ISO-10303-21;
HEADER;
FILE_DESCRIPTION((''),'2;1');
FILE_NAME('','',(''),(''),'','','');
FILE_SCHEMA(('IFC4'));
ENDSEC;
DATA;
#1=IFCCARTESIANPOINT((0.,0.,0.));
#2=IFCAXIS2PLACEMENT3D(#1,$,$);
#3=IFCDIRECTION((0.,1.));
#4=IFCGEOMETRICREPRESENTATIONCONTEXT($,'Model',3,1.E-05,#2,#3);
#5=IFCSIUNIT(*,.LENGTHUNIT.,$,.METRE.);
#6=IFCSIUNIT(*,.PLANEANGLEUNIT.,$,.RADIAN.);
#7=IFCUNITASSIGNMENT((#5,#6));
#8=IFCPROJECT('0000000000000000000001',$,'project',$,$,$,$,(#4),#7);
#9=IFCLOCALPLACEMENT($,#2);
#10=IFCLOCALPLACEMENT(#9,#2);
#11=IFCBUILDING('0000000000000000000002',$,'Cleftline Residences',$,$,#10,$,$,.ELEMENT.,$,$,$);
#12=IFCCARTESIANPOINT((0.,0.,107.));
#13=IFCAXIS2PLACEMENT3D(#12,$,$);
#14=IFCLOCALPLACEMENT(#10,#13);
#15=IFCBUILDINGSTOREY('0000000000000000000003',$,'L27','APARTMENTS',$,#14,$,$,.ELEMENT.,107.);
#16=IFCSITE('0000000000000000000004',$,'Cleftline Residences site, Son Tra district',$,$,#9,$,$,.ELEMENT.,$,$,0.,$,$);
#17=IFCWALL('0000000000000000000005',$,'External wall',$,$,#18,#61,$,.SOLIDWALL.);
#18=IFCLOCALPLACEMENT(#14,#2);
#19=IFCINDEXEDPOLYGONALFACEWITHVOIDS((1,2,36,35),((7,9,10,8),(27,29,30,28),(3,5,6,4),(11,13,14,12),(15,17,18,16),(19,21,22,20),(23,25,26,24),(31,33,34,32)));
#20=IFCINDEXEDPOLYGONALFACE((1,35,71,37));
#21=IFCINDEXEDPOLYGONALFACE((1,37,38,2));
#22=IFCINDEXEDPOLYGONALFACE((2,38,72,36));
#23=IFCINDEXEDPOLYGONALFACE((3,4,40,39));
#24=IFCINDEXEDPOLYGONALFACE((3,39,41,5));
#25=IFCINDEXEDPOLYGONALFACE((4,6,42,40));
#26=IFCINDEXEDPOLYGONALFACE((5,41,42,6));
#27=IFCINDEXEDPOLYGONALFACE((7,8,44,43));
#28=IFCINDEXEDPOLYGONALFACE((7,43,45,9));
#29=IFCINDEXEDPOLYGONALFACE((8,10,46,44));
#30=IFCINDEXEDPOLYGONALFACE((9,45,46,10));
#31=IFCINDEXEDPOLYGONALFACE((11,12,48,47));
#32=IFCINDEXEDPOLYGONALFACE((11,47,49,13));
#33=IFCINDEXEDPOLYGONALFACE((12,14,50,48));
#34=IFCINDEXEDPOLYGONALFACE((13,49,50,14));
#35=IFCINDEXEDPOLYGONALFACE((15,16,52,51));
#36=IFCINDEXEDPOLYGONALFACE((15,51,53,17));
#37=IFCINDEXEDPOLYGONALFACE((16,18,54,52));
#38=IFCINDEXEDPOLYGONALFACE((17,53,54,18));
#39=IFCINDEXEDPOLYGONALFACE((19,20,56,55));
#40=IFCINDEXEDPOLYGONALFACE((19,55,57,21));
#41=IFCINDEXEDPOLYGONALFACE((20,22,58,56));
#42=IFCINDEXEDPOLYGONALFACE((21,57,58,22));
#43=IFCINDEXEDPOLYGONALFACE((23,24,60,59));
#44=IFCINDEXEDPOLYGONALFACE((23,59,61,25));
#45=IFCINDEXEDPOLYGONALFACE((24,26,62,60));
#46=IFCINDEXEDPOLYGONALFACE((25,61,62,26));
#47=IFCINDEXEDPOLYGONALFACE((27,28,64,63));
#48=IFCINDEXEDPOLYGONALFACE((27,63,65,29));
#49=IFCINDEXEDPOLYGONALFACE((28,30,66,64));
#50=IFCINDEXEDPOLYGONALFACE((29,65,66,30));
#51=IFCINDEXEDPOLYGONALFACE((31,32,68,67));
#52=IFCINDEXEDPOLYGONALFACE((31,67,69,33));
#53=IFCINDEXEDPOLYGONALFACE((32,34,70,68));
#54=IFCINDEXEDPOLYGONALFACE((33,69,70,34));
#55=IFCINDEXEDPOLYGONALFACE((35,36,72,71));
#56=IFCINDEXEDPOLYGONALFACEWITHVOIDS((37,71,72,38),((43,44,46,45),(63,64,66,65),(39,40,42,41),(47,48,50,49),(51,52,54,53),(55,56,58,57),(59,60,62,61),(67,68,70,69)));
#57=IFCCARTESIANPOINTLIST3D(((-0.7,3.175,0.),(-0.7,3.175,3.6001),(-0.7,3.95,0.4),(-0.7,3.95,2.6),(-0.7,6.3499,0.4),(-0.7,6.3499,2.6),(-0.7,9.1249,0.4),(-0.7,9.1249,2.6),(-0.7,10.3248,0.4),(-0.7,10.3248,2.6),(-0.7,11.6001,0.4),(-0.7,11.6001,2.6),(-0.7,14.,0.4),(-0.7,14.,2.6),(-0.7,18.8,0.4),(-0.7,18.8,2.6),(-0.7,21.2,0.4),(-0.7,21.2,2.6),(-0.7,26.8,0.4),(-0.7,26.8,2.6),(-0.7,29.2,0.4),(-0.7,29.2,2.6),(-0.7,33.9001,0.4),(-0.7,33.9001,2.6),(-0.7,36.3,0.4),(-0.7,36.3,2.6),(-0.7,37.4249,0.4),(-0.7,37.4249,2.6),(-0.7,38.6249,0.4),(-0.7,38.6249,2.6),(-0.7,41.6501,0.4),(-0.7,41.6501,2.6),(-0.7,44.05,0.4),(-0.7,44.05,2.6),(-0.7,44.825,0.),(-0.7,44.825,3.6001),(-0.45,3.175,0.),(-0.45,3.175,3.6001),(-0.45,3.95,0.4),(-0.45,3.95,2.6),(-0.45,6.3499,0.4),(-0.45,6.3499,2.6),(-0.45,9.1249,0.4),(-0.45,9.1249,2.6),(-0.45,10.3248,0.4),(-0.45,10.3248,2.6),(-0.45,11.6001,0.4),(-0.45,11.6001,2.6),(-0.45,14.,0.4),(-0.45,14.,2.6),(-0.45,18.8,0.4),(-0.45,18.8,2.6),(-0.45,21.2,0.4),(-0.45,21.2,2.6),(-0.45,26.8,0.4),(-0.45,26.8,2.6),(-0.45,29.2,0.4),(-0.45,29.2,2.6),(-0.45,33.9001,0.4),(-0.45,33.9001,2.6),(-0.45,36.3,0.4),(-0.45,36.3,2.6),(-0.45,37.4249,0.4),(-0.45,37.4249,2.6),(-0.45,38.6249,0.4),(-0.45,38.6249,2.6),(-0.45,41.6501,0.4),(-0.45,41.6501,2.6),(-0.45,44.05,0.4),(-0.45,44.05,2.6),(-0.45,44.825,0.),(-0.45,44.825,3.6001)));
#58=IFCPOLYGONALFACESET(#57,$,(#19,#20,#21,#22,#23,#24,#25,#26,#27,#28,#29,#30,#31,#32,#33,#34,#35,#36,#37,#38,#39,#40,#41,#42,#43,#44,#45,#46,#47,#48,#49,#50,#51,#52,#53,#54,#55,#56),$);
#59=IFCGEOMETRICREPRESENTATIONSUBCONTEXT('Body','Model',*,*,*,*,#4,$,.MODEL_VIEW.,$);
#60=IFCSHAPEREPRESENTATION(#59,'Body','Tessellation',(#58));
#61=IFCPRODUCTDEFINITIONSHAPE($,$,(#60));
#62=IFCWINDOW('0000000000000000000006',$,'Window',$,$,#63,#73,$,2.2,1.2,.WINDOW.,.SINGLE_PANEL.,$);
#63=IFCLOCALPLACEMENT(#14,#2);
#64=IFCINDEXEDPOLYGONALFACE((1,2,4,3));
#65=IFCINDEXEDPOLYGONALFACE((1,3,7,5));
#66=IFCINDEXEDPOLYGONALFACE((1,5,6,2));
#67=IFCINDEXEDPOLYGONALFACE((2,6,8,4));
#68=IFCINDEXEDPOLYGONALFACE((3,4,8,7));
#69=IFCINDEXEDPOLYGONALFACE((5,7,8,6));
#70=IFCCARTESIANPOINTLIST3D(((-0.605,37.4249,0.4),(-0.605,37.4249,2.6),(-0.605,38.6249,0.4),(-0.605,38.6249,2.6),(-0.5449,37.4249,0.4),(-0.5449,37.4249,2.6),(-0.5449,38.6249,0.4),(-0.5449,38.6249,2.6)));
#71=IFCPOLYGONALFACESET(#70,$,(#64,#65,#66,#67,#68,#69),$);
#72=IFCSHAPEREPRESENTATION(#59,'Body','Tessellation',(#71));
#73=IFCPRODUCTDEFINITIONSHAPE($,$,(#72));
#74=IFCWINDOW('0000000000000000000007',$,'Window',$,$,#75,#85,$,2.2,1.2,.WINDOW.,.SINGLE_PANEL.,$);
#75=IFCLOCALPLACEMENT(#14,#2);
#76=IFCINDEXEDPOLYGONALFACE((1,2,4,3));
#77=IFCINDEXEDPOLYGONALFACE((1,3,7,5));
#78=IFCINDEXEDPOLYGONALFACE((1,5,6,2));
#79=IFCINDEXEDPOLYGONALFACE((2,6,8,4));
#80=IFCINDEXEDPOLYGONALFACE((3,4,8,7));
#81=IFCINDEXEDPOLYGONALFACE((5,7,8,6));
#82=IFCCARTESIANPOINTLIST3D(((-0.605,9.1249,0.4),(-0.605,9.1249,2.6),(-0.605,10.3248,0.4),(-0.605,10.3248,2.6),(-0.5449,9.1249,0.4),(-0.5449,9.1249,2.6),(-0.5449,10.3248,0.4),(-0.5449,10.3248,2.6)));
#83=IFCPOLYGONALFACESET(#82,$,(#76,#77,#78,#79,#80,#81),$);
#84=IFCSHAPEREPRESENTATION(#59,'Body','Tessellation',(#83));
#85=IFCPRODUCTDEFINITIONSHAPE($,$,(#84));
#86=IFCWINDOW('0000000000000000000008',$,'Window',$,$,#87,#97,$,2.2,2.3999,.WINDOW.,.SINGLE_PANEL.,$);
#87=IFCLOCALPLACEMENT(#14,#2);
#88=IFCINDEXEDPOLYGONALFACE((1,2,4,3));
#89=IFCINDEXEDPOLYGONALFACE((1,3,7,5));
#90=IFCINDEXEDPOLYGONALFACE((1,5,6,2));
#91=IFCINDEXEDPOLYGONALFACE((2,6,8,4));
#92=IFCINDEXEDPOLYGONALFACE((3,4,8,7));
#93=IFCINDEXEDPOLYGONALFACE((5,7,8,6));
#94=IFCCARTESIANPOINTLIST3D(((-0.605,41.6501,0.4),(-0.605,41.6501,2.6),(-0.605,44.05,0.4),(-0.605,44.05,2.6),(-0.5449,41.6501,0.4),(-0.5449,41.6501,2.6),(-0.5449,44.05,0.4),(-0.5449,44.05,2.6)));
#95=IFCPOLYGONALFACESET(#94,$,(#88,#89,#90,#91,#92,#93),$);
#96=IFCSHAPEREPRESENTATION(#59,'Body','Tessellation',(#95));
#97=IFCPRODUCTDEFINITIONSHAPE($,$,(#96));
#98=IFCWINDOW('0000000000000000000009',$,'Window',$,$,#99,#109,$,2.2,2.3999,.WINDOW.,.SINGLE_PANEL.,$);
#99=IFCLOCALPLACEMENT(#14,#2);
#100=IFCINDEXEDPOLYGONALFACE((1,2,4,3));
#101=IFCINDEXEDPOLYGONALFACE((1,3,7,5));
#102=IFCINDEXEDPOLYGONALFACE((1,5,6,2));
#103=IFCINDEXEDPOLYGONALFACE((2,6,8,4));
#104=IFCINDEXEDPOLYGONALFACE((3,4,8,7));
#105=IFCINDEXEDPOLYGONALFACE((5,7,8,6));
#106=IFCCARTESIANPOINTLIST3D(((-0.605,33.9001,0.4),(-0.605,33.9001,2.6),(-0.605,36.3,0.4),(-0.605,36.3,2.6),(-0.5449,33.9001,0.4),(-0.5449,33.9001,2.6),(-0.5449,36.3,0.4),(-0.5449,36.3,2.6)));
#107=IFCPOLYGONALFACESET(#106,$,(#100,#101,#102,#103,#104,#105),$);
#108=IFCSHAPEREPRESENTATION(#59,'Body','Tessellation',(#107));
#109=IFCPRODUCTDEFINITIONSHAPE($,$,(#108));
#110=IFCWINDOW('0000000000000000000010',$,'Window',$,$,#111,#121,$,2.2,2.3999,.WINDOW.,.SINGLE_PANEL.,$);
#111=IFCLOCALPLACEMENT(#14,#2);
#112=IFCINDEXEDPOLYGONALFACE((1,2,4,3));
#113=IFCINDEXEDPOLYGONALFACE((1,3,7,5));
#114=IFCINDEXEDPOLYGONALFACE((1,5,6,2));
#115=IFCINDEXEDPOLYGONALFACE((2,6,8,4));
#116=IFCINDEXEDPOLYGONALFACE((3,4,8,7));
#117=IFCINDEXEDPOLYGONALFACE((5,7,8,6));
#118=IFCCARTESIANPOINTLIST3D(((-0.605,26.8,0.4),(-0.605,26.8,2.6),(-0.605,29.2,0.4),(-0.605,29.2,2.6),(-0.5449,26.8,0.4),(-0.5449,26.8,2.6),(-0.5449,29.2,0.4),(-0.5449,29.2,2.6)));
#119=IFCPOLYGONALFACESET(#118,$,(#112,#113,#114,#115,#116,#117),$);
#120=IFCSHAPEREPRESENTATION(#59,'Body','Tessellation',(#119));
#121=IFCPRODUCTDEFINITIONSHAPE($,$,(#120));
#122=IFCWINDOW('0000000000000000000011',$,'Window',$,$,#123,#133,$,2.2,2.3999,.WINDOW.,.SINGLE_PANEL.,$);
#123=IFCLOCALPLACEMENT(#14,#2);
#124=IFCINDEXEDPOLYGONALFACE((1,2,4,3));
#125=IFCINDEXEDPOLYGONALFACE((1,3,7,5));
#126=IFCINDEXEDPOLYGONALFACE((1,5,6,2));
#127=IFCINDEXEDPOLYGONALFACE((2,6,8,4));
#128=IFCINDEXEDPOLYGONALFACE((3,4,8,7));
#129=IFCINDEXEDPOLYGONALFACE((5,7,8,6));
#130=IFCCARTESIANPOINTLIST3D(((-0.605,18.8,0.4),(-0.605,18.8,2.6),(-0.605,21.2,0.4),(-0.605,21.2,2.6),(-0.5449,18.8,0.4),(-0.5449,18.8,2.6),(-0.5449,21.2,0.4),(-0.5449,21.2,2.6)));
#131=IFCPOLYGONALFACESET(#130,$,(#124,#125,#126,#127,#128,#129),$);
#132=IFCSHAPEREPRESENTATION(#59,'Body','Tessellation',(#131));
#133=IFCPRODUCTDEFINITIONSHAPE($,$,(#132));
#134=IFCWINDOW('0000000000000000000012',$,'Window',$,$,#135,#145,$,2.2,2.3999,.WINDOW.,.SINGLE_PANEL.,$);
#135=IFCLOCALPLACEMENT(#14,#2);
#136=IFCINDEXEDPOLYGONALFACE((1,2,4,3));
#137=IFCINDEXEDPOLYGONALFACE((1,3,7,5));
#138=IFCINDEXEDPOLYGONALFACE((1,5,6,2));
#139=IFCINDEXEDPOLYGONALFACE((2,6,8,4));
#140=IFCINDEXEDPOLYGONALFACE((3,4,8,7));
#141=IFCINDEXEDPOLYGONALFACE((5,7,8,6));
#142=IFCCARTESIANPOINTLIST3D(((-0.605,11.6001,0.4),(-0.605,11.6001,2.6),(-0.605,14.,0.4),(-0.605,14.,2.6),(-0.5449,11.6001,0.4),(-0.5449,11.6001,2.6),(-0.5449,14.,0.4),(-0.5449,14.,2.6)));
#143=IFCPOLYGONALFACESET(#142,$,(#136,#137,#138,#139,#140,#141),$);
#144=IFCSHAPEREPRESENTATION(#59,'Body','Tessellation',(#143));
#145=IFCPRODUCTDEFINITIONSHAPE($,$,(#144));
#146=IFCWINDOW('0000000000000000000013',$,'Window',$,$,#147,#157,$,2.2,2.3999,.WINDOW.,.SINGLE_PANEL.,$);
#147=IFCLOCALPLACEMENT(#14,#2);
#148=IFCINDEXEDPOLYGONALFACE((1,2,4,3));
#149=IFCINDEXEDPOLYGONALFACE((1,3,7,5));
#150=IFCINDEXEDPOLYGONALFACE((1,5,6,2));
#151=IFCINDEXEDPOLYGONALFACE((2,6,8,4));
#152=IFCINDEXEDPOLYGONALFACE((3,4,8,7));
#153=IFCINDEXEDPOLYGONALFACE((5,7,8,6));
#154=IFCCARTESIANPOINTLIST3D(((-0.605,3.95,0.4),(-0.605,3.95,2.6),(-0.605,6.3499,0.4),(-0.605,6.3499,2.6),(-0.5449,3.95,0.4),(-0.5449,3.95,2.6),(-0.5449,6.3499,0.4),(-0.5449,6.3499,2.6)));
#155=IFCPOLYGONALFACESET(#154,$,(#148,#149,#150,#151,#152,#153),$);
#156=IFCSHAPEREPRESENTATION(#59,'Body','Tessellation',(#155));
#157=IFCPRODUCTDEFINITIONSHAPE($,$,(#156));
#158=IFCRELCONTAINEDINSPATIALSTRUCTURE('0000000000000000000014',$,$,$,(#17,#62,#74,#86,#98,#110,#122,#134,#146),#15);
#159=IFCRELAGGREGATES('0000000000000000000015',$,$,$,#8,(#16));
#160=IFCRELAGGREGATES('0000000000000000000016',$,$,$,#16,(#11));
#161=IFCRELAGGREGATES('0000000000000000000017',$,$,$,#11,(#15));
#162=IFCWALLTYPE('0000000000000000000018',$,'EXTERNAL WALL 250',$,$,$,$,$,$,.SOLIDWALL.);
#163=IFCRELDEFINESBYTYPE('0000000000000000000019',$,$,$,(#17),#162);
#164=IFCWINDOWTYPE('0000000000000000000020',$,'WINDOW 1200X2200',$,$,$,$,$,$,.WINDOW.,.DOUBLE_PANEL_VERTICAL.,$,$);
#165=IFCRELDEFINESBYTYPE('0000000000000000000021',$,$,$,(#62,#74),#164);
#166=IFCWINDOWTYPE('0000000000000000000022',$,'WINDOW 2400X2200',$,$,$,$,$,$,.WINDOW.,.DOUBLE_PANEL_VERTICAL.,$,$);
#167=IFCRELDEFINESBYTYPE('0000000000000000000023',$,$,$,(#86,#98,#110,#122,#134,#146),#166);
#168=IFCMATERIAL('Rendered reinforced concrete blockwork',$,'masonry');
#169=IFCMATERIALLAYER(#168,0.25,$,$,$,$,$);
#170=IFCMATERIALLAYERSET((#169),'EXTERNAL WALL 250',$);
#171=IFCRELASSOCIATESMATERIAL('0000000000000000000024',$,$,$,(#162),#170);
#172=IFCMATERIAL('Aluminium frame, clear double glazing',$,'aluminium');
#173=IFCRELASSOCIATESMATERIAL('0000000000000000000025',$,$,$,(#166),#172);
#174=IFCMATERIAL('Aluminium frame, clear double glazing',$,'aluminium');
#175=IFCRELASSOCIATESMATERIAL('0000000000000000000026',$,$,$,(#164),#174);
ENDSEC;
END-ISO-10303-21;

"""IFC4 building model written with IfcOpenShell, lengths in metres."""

from ifc_helpers import new_model, si_unit, direction, frame, frame_2d, origin, place, context, subcontext, project, spatial, rectangle, extrude, material, layer, layer_set, type_object, element, fill, save


model = new_model("IFC4")

# Units and contexts
model_context = context("Model", 3, precision=1e-05, world=origin(), true_north=direction((0.0, 1.0)))
body_context = subcontext(model_context, "Body", "Model", "MODEL_VIEW")
ifc_project = project(units=[si_unit("LENGTHUNIT", "METRE"), si_unit("PLANEANGLEUNIT", "RADIAN")], contexts=[model_context])

# Site, building, storey
site_placement = place(None, origin())
site = spatial("IfcSite", under=ifc_project, at=site_placement, Name="Cleftline Residences site, Son Tra district", CompositionType="ELEMENT", RefElevation=0.0)
building_placement = place(site_placement, origin())
building = spatial("IfcBuilding", under=site, at=building_placement, Name="Cleftline Residences", CompositionType="ELEMENT")
storey_placement = place(building_placement, frame((0.0, 0.0, 107.0)))
storey = spatial("IfcBuildingStorey", under=building, at=storey_placement, Name="L27", Description="APARTMENTS", CompositionType="ELEMENT", Elevation=107.0)

# Shared definitions
ifc_material_1 = material(Name="Rendered reinforced concrete blockwork", Category="masonry")
ifc_layer_1 = layer(ifc_material_1, 0.25)
ifc_layer_set_1 = layer_set([ifc_layer_1], Name="EXTERNAL WALL 250")
wall_type_1 = type_object("IfcWallType", Name="EXTERNAL WALL 250", PredefinedType="SOLIDWALL", material=ifc_layer_set_1)
ifc_material_2 = material(Name="Aluminium frame, clear double glazing", Category="aluminium")
window_type_1 = type_object("IfcWindowType", Name="WINDOW 2400X2200", PartitioningType="DOUBLE_PANEL_VERTICAL", PredefinedType="WINDOW", material=ifc_material_2)

# Wall, openings, windows
wall_1_placement = place(storey_placement, frame((-0.575, 44.825, 0.0), z_axis=(0.0, 0.0, 1.0), x_axis=(0.0, -1.0, 0.0)))
wall_1 = element("IfcWall", 1, at=wall_1_placement, inside=storey, type_object=wall_type_1, Name="External wall", PredefinedType="SOLIDWALL", context=body_context, shape_type="SweptSolid", body=[
    extrude(rectangle(XDim=41.6499, YDim=0.25, at=frame_2d((20.825, 0.0))), origin(), (0.0, 0.0, 1.0), 3.6001),
])
opening_1_placement = place(wall_1_placement, frame((0.7749, 0.0, 0.3999)))
opening_1 = element("IfcOpeningElement", 2, at=opening_1_placement, cuts=wall_1, PredefinedType="OPENING", context=body_context, shape_type="SweptSolid", body=[
    extrude(rectangle(XDim=2.3999, YDim=2.2, at=frame_2d((1.2, 1.1001))), frame((0.0, 0.135, 0.0), z_axis=(0.0, -1.0, 0.0), x_axis=(1.0, 0.0, 0.0)), (0.0, 0.0, 1.0), 0.27),
])
opening_2_placement = place(wall_1_placement, frame((6.2, 0.0, 0.3999)))
opening_2 = element("IfcOpeningElement", 3, at=opening_2_placement, cuts=wall_1, PredefinedType="OPENING", context=body_context, shape_type="SweptSolid", body=[
    extrude(rectangle(XDim=1.2, YDim=2.2, at=frame_2d((0.6001, 1.1001))), frame((0.0, 0.135, 0.0), z_axis=(0.0, -1.0, 0.0), x_axis=(1.0, 0.0, 0.0)), (0.0, 0.0, 1.0), 0.27),
])
opening_3_placement = place(wall_1_placement, frame((8.5249, 0.0, 0.3999)))
opening_3 = element("IfcOpeningElement", 4, at=opening_3_placement, cuts=wall_1, PredefinedType="OPENING", context=body_context, shape_type="SweptSolid", body=[
    extrude(rectangle(XDim=2.3999, YDim=2.2, at=frame_2d((1.2, 1.1001))), frame((0.0, 0.135, 0.0), z_axis=(0.0, -1.0, 0.0), x_axis=(1.0, 0.0, 0.0)), (0.0, 0.0, 1.0), 0.27),
])
opening_4_placement = place(wall_1_placement, frame((15.625, 0.0, 0.3999)))
opening_4 = element("IfcOpeningElement", 5, at=opening_4_placement, cuts=wall_1, PredefinedType="OPENING", context=body_context, shape_type="SweptSolid", body=[
    extrude(rectangle(XDim=2.3999, YDim=2.2, at=frame_2d((1.2, 1.1001))), frame((0.0, 0.135, 0.0), z_axis=(0.0, -1.0, 0.0), x_axis=(1.0, 0.0, 0.0)), (0.0, 0.0, 1.0), 0.27),
])
opening_5_placement = place(wall_1_placement, frame((23.625, 0.0, 0.3999)))
opening_5 = element("IfcOpeningElement", 6, at=opening_5_placement, cuts=wall_1, PredefinedType="OPENING", context=body_context, shape_type="SweptSolid", body=[
    extrude(rectangle(XDim=2.3999, YDim=2.2, at=frame_2d((1.2, 1.1001))), frame((0.0, 0.135, 0.0), z_axis=(0.0, -1.0, 0.0), x_axis=(1.0, 0.0, 0.0)), (0.0, 0.0, 1.0), 0.27),
])
opening_6_placement = place(wall_1_placement, frame((30.825, 0.0, 0.3999)))
opening_6 = element("IfcOpeningElement", 7, at=opening_6_placement, cuts=wall_1, PredefinedType="OPENING", context=body_context, shape_type="SweptSolid", body=[
    extrude(rectangle(XDim=2.3999, YDim=2.2, at=frame_2d((1.2, 1.1001))), frame((0.0, 0.135, 0.0), z_axis=(0.0, -1.0, 0.0), x_axis=(1.0, 0.0, 0.0)), (0.0, 0.0, 1.0), 0.27),
])
opening_7_placement = place(wall_1_placement, frame((34.5, 0.0, 0.3999)))
opening_7 = element("IfcOpeningElement", 8, at=opening_7_placement, cuts=wall_1, PredefinedType="OPENING", context=body_context, shape_type="SweptSolid", body=[
    extrude(rectangle(XDim=1.2, YDim=2.2, at=frame_2d((0.6001, 1.1001))), frame((0.0, 0.135, 0.0), z_axis=(0.0, -1.0, 0.0), x_axis=(1.0, 0.0, 0.0)), (0.0, 0.0, 1.0), 0.27),
])
opening_8_placement = place(wall_1_placement, frame((38.4751, 0.0, 0.3999)))
opening_8 = element("IfcOpeningElement", 9, at=opening_8_placement, cuts=wall_1, PredefinedType="OPENING", context=body_context, shape_type="SweptSolid", body=[
    extrude(rectangle(XDim=2.3999, YDim=2.2, at=frame_2d((1.2, 1.1001))), frame((0.0, 0.135, 0.0), z_axis=(0.0, -1.0, 0.0), x_axis=(1.0, 0.0, 0.0)), (0.0, 0.0, 1.0), 0.27),
])
ifc_material_3 = material(Name="Aluminium frame, clear double glazing", Category="aluminium")
window_type_2 = type_object("IfcWindowType", Name="WINDOW 1200X2200", PartitioningType="DOUBLE_PANEL_VERTICAL", PredefinedType="WINDOW", material=ifc_material_3)
window_1_placement = place(opening_2_placement, origin())
window_1 = element("IfcWindow", 10, at=window_1_placement, inside=storey, type_object=window_type_2, Name="Window", OverallHeight=2.2, OverallWidth=1.2, PartitioningType="SINGLE_PANEL", PredefinedType="WINDOW", context=body_context, shape_type="SweptSolid", body=[
    extrude(rectangle(XDim=1.2, YDim=2.2, at=frame_2d((0.6001, 1.1001))), frame((0.0, 0.03, 0.0), z_axis=(0.0, -1.0, 0.0), x_axis=(1.0, 0.0, 0.0)), (0.0, 0.0, 1.0), 0.0601),
])
fill(opening_2, window_1)
window_2_placement = place(opening_7_placement, origin())
window_2 = element("IfcWindow", 11, at=window_2_placement, inside=storey, type_object=window_type_2, Name="Window", OverallHeight=2.2, OverallWidth=1.2, PartitioningType="SINGLE_PANEL", PredefinedType="WINDOW", context=body_context, shape_type="SweptSolid", body=[
    extrude(rectangle(XDim=1.2, YDim=2.2, at=frame_2d((0.6001, 1.1001))), frame((0.0, 0.03, 0.0), z_axis=(0.0, -1.0, 0.0), x_axis=(1.0, 0.0, 0.0)), (0.0, 0.0, 1.0), 0.0601),
])
fill(opening_7, window_2)
window_3_placement = place(opening_1_placement, origin())
window_3 = element("IfcWindow", 12, at=window_3_placement, inside=storey, type_object=window_type_1, Name="Window", OverallHeight=2.2, OverallWidth=2.3999, PartitioningType="SINGLE_PANEL", PredefinedType="WINDOW", context=body_context, shape_type="SweptSolid", body=[
    extrude(rectangle(XDim=2.3999, YDim=2.2, at=frame_2d((1.2, 1.1001))), frame((0.0, 0.03, 0.0), z_axis=(0.0, -1.0, 0.0), x_axis=(1.0, 0.0, 0.0)), (0.0, 0.0, 1.0), 0.0601),
])
fill(opening_1, window_3)
window_4_placement = place(opening_3_placement, origin())
window_4 = element("IfcWindow", 13, at=window_4_placement, inside=storey, type_object=window_type_1, Name="Window", OverallHeight=2.2, OverallWidth=2.3999, PartitioningType="SINGLE_PANEL", PredefinedType="WINDOW", context=body_context, shape_type="SweptSolid", body=[
    extrude(rectangle(XDim=2.3999, YDim=2.2, at=frame_2d((1.2, 1.1001))), frame((0.0, 0.03, 0.0), z_axis=(0.0, -1.0, 0.0), x_axis=(1.0, 0.0, 0.0)), (0.0, 0.0, 1.0), 0.0601),
])
fill(opening_3, window_4)
window_5_placement = place(opening_4_placement, origin())
window_5 = element("IfcWindow", 14, at=window_5_placement, inside=storey, type_object=window_type_1, Name="Window", OverallHeight=2.2, OverallWidth=2.3999, PartitioningType="SINGLE_PANEL", PredefinedType="WINDOW", context=body_context, shape_type="SweptSolid", body=[
    extrude(rectangle(XDim=2.3999, YDim=2.2, at=frame_2d((1.2, 1.1001))), frame((0.0, 0.03, 0.0), z_axis=(0.0, -1.0, 0.0), x_axis=(1.0, 0.0, 0.0)), (0.0, 0.0, 1.0), 0.0601),
])
fill(opening_4, window_5)
window_6_placement = place(opening_5_placement, origin())
window_6 = element("IfcWindow", 15, at=window_6_placement, inside=storey, type_object=window_type_1, Name="Window", OverallHeight=2.2, OverallWidth=2.3999, PartitioningType="SINGLE_PANEL", PredefinedType="WINDOW", context=body_context, shape_type="SweptSolid", body=[
    extrude(rectangle(XDim=2.3999, YDim=2.2, at=frame_2d((1.2, 1.1001))), frame((0.0, 0.03, 0.0), z_axis=(0.0, -1.0, 0.0), x_axis=(1.0, 0.0, 0.0)), (0.0, 0.0, 1.0), 0.0601),
])
fill(opening_5, window_6)
window_7_placement = place(opening_6_placement, origin())
window_7 = element("IfcWindow", 16, at=window_7_placement, inside=storey, type_object=window_type_1, Name="Window", OverallHeight=2.2, OverallWidth=2.3999, PartitioningType="SINGLE_PANEL", PredefinedType="WINDOW", context=body_context, shape_type="SweptSolid", body=[
    extrude(rectangle(XDim=2.3999, YDim=2.2, at=frame_2d((1.2, 1.1001))), frame((0.0, 0.03, 0.0), z_axis=(0.0, -1.0, 0.0), x_axis=(1.0, 0.0, 0.0)), (0.0, 0.0, 1.0), 0.0601),
])
fill(opening_6, window_7)
window_8_placement = place(opening_8_placement, origin())
window_8 = element("IfcWindow", 17, at=window_8_placement, inside=storey, type_object=window_type_1, Name="Window", OverallHeight=2.2, OverallWidth=2.3999, PartitioningType="SINGLE_PANEL", PredefinedType="WINDOW", context=body_context, shape_type="SweptSolid", body=[
    extrude(rectangle(XDim=2.3999, YDim=2.2, at=frame_2d((1.2, 1.1001))), frame((0.0, 0.03, 0.0), z_axis=(0.0, -1.0, 0.0), x_axis=(1.0, 0.0, 0.0)), (0.0, 0.0, 1.0), 0.0601),
])
fill(opening_8, window_8)

save(model, "model.ifc")
